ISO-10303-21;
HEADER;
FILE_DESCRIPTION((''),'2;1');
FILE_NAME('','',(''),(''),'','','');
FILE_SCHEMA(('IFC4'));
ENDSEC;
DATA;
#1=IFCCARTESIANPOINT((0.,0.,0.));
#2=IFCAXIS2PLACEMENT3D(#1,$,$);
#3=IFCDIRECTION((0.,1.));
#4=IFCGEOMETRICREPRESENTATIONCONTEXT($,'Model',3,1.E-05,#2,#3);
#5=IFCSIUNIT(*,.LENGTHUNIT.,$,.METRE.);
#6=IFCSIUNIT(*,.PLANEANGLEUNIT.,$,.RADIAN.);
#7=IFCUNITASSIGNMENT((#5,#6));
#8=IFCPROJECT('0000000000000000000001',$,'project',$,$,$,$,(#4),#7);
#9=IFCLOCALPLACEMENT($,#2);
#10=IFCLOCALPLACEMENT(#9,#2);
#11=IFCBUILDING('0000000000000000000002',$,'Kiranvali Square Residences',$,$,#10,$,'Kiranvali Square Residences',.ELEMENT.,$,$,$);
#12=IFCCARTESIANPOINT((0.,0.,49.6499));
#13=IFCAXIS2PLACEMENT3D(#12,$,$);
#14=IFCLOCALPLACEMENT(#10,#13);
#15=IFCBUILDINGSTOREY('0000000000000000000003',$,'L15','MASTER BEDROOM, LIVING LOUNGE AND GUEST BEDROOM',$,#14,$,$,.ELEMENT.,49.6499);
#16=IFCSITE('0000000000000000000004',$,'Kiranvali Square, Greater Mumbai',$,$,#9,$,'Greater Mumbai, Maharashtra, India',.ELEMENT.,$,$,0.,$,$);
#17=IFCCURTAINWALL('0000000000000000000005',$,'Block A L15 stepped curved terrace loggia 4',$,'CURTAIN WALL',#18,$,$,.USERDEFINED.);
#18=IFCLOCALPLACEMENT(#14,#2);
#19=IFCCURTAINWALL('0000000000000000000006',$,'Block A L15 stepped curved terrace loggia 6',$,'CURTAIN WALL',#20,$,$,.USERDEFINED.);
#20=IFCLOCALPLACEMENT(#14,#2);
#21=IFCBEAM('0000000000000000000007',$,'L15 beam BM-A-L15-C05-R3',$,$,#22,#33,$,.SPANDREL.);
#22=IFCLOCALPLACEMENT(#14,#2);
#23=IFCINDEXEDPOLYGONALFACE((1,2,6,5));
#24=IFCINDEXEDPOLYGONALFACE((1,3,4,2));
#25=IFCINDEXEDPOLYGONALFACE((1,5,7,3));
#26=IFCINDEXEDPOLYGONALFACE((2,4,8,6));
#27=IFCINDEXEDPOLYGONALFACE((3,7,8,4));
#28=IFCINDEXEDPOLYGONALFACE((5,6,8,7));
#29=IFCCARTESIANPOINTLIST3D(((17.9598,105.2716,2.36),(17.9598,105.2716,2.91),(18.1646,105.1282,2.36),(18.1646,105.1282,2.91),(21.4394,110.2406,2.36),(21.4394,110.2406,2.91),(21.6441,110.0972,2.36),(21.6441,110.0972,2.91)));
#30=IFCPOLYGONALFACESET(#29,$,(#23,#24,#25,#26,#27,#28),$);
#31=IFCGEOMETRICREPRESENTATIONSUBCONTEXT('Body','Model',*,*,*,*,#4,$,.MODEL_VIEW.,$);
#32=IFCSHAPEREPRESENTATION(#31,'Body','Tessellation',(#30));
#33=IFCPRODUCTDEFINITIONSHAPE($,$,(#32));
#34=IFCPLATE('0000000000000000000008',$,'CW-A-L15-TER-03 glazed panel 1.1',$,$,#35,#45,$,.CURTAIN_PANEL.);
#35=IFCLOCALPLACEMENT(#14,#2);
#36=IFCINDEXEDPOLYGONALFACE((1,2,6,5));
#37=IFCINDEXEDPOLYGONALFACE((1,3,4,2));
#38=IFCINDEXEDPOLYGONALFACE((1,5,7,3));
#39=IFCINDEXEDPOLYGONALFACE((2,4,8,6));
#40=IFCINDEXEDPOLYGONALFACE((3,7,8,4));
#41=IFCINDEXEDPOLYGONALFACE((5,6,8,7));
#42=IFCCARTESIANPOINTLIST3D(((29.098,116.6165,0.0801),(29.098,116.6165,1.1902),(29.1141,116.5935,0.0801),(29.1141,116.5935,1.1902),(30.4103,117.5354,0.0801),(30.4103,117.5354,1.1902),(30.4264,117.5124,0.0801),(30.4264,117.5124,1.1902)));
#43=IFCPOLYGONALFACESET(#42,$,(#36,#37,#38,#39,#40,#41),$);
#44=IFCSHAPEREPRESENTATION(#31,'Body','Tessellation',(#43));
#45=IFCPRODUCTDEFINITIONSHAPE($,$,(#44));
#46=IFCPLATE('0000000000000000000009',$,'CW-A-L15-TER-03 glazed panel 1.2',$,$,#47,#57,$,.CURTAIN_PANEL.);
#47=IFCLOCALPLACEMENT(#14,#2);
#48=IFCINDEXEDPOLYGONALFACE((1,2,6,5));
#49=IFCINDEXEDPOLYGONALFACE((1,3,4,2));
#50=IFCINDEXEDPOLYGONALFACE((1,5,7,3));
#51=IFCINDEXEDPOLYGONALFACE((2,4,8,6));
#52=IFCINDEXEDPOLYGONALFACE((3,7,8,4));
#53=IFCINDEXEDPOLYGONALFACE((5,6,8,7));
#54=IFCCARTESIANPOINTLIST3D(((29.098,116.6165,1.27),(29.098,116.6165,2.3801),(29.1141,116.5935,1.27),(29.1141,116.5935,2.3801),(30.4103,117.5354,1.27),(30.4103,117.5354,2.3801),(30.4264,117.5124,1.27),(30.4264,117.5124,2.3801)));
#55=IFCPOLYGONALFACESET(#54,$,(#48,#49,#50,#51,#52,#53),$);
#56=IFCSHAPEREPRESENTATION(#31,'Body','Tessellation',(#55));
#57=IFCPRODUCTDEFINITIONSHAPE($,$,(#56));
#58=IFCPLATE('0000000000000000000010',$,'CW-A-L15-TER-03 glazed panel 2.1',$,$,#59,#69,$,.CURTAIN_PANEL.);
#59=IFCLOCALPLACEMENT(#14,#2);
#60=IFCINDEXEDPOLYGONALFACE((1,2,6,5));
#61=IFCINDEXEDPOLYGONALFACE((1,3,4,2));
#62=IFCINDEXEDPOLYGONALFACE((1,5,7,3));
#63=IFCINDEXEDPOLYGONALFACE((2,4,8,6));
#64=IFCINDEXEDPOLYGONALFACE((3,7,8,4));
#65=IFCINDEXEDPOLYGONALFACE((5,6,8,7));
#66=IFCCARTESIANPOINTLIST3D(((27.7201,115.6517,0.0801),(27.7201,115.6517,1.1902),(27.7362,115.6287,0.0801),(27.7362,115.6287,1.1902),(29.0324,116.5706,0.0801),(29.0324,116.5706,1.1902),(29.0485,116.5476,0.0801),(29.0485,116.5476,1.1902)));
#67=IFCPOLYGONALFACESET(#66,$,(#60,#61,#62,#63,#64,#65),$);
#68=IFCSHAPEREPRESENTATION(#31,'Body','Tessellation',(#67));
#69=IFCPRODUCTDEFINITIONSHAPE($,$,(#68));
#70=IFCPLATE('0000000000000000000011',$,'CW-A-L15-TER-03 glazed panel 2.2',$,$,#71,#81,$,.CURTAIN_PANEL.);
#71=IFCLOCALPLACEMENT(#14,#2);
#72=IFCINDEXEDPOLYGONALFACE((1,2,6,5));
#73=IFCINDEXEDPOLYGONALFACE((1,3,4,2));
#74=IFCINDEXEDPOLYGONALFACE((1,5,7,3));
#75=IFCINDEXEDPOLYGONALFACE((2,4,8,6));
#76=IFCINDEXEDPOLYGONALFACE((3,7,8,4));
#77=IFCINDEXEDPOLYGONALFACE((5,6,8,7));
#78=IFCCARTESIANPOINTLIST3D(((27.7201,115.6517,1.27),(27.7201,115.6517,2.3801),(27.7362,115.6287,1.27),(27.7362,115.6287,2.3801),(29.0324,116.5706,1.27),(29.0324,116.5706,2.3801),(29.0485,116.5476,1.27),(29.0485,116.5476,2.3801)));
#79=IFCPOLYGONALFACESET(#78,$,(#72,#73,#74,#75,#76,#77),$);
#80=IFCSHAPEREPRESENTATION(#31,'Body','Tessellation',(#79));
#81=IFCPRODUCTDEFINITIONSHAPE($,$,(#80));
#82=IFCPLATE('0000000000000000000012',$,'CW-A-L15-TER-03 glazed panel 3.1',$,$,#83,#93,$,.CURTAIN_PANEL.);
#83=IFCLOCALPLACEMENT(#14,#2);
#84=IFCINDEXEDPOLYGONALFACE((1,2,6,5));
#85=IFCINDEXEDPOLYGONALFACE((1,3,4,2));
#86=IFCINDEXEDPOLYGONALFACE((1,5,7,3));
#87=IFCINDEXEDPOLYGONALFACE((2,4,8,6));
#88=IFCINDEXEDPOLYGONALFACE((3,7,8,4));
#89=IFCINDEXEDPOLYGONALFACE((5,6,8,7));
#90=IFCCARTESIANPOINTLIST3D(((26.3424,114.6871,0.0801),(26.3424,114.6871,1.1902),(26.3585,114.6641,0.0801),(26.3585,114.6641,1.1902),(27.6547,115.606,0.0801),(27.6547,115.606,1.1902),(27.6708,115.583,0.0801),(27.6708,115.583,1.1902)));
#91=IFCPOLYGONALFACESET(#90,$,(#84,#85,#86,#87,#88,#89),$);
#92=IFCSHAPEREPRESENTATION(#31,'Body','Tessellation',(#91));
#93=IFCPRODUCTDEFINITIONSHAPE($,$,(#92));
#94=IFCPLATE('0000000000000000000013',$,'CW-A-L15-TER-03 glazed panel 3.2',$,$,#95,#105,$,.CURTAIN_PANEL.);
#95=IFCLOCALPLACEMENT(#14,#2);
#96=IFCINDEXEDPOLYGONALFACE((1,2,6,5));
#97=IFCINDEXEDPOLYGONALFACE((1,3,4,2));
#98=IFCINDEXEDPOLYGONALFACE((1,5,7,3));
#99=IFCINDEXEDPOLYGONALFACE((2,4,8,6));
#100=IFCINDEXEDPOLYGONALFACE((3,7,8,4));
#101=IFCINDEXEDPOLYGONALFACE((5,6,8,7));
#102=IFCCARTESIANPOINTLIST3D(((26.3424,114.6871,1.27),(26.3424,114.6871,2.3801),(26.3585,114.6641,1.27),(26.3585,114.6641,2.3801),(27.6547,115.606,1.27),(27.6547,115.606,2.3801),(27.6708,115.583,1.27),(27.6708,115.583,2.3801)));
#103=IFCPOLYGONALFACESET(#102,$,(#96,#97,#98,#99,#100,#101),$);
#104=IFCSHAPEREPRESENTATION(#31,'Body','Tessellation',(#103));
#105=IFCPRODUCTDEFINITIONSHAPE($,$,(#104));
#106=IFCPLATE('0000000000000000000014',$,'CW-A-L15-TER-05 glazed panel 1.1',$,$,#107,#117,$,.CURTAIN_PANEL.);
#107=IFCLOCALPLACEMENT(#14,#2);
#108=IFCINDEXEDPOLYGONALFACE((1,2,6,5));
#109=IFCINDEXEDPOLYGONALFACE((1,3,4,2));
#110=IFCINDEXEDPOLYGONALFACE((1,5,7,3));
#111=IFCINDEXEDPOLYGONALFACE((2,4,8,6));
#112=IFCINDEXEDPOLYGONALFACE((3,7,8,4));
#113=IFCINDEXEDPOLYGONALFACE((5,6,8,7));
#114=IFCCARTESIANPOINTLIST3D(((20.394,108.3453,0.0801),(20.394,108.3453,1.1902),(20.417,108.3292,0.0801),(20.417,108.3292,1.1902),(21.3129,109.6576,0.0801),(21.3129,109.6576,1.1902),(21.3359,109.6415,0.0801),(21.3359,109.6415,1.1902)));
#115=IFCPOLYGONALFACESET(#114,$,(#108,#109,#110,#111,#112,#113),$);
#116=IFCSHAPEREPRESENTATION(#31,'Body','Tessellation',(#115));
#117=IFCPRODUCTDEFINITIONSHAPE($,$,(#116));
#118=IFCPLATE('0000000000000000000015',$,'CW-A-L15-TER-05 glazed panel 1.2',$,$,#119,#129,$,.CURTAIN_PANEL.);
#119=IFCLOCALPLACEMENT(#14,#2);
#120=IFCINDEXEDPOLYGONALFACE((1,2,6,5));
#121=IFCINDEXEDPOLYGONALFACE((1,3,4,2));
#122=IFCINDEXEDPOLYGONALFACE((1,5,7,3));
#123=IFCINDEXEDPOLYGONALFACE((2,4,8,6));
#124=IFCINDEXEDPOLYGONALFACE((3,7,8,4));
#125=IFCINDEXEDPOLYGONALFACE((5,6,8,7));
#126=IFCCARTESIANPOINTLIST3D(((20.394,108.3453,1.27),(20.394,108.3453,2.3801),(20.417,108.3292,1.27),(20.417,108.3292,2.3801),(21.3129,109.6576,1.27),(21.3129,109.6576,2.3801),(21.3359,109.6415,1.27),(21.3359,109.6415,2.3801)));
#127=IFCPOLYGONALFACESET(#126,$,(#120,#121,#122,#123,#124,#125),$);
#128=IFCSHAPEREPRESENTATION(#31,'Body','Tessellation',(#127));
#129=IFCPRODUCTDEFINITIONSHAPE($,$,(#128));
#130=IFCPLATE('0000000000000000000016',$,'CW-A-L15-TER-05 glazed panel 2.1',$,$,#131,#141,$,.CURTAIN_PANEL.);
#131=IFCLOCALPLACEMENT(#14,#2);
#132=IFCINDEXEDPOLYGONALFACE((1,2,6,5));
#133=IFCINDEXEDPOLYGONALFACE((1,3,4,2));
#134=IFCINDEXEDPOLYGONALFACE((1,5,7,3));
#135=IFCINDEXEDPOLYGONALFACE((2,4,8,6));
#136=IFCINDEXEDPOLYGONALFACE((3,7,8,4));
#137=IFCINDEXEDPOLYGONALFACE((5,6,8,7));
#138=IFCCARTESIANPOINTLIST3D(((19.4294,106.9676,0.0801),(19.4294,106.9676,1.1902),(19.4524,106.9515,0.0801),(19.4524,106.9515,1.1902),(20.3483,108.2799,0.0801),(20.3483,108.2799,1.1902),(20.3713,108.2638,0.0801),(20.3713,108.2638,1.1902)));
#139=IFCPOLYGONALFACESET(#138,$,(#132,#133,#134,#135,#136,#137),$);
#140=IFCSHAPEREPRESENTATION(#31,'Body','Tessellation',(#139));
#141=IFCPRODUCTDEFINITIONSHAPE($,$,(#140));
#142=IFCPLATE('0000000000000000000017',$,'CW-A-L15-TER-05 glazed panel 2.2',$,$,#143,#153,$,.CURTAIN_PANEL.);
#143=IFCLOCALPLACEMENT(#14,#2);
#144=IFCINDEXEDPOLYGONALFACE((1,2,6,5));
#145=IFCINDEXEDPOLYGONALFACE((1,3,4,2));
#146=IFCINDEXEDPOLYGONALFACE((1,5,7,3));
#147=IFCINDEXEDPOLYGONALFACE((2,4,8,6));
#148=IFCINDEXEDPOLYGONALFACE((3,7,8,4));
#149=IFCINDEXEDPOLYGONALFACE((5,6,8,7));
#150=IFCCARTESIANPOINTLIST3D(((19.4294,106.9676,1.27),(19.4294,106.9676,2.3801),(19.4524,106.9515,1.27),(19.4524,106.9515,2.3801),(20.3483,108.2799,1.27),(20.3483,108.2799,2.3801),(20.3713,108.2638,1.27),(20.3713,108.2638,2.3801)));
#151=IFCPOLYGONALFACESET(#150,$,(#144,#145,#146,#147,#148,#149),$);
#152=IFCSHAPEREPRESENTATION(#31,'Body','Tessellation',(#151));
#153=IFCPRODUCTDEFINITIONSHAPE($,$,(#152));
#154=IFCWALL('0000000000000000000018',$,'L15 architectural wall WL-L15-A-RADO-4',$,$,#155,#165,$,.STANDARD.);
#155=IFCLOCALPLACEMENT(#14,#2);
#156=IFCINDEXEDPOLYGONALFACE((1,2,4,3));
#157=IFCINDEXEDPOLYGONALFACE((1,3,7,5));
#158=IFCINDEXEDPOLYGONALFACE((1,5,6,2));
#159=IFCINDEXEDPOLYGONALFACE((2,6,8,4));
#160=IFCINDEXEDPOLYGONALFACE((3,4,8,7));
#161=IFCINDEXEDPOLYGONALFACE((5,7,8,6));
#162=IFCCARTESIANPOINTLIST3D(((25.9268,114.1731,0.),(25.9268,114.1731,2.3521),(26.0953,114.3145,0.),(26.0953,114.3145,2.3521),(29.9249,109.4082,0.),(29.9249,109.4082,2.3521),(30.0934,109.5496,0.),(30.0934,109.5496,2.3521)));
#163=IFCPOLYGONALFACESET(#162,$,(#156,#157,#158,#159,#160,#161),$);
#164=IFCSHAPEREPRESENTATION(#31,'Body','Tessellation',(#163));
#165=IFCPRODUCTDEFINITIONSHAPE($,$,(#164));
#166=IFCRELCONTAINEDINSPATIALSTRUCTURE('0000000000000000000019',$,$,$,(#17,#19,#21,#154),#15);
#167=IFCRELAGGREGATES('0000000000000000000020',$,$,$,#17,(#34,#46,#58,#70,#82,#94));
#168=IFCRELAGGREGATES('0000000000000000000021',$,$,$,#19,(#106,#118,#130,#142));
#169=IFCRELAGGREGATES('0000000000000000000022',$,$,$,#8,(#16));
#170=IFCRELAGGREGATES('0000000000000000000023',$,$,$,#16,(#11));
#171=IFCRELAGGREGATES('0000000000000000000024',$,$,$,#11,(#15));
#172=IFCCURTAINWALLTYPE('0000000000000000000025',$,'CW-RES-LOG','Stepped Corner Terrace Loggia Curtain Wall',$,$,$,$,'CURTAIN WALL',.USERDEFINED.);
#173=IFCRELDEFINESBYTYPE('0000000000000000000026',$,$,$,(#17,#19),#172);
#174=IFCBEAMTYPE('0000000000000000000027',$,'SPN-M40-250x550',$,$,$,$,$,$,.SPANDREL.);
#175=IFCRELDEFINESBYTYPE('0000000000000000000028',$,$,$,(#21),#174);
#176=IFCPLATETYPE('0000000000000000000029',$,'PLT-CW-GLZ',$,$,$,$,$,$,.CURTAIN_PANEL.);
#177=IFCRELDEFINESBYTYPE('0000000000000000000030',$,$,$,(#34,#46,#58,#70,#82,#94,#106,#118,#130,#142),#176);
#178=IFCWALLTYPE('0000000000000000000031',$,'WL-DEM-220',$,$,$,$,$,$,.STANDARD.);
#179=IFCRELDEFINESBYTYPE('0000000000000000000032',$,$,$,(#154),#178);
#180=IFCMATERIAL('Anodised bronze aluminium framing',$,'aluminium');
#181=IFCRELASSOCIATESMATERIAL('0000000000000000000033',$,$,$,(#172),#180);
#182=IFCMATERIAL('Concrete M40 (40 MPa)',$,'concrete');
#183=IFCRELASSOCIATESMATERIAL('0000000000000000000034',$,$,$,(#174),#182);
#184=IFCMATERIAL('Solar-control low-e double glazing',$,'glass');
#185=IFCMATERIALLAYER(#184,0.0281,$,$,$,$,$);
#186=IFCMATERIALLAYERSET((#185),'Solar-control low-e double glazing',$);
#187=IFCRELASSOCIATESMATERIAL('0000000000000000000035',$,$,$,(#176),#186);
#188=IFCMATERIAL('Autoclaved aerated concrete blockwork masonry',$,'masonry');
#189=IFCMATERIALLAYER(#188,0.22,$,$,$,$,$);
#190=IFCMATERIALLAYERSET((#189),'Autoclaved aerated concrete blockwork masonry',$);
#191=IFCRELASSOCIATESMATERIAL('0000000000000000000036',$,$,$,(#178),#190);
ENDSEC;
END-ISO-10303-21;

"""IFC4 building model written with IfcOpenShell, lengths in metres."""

from ifc_helpers import new_model, si_unit, direction, frame, frame_2d, origin, origin_2d, place, context, subcontext, project, spatial, rectangle, extrude, material, layer, layer_set, material_profile, profile_set, type_object, element, aggregate, save


model = new_model("IFC4")

# Units and contexts
model_context = context("Model", 3, precision=1e-05, world=origin(), true_north=direction((0.0, 1.0)))
body_context = subcontext(model_context, "Body", "Model", "MODEL_VIEW")
ifc_project = project(units=[si_unit("LENGTHUNIT", "METRE"), si_unit("PLANEANGLEUNIT", "RADIAN")], contexts=[model_context])

# Site, building, storey
site_placement = place(None, origin())
site = spatial("IfcSite", under=ifc_project, at=site_placement, Name="Kiranvali Square, Greater Mumbai", LongName="Greater Mumbai, Maharashtra, India", CompositionType="ELEMENT", RefElevation=0.0)
building_placement = place(site_placement, origin())
building = spatial("IfcBuilding", under=site, at=building_placement, Name="Kiranvali Square Residences", LongName="Kiranvali Square Residences", CompositionType="ELEMENT")
storey_placement = place(building_placement, frame((0.0, 0.0, 49.6499)))
storey = spatial("IfcBuildingStorey", under=building, at=storey_placement, Name="L15", Description="MASTER BEDROOM, LIVING LOUNGE AND GUEST BEDROOM", CompositionType="ELEMENT", Elevation=49.6499)

# Shared definitions
ifc_material_1 = material(Name="Concrete M40 (40 MPa)", Category="concrete")

# Curtain walls
ifc_material_2 = material(Name="Anodised bronze aluminium framing", Category="aluminium")
curtain_wall_type = type_object("IfcCurtainWallType", Name="CW-RES-LOG", Description="Stepped Corner Terrace Loggia Curtain Wall", ElementType="CURTAIN WALL", PredefinedType="USERDEFINED", material=ifc_material_2)
curtain_wall_1_placement = place(storey_placement, origin())
curtain_wall_1 = element("IfcCurtainWall", 1, at=curtain_wall_1_placement, inside=storey, type_object=curtain_wall_type, Name="Block A L15 stepped curved terrace loggia 4", ObjectType="CURTAIN WALL", PredefinedType="USERDEFINED")
curtain_wall_2_placement = place(storey_placement, origin())
curtain_wall_2 = element("IfcCurtainWall", 2, at=curtain_wall_2_placement, inside=storey, type_object=curtain_wall_type, Name="Block A L15 stepped curved terrace loggia 6", ObjectType="CURTAIN WALL", PredefinedType="USERDEFINED")

# Beam
ifc_material_profile_1 = material_profile(ifc_material_1, rectangle(XDim=0.25, YDim=0.55, at=origin_2d()), Name="RC 250x550")
ifc_profile_set_1 = profile_set([ifc_material_profile_1], Name="Concrete M40 (40 MPa)")
beam_type_1 = type_object("IfcBeamType", Name="SPN-M40-250x550", PredefinedType="SPANDREL", material=ifc_profile_set_1)
beam_1_placement = place(storey_placement, frame((21.5417, 110.1689, 2.635), z_axis=(-0.573595, -0.819139, 0.0), x_axis=(0.819139, -0.573595, 0.0)))
element("IfcBeam", 3, at=beam_1_placement, inside=storey, type_object=beam_type_1, Name="L15 beam BM-A-L15-C05-R3", PredefinedType="SPANDREL", context=body_context, shape_type="SweptSolid", body=[
    extrude(rectangle(XDim=0.25, YDim=0.55, at=origin_2d()), origin(), (0.0, 0.0, 1.0), 6.0662),
])

# Plates
ifc_material_3 = material(Name="Solar-control low-e double glazing", Category="glass")
ifc_layer_1 = layer(ifc_material_3, 0.0281)
ifc_layer_set_1 = layer_set([ifc_layer_1], Name="Solar-control low-e double glazing")
plate_type = type_object("IfcPlateType", Name="PLT-CW-GLZ", PredefinedType="CURTAIN_PANEL", material=ifc_layer_set_1)
plate_1_placement = place(storey_placement, frame((29.7622, 117.0645, 0.0801), z_axis=(0.0, 0.0, 1.0), x_axis=(-0.819152, -0.573576, 0.0)))
plate_1 = element("IfcPlate", 4, at=plate_1_placement, type_object=plate_type, Name="CW-A-L15-TER-03 glazed panel 1.1", PredefinedType="CURTAIN_PANEL", context=body_context, shape_type="SweptSolid", body=[
    extrude(rectangle(XDim=1.6021, YDim=0.0281, at=origin_2d()), origin(), (0.0, 0.0, 1.0), 1.1101),
])
plate_2_placement = place(storey_placement, frame((29.7622, 117.0645, 1.27), z_axis=(0.0, 0.0, 1.0), x_axis=(-0.819152, -0.573576, 0.0)))
plate_2 = element("IfcPlate", 5, at=plate_2_placement, type_object=plate_type, Name="CW-A-L15-TER-03 glazed panel 1.2", PredefinedType="CURTAIN_PANEL", context=body_context, shape_type="SweptSolid", body=[
    extrude(rectangle(XDim=1.6021, YDim=0.0281, at=origin_2d()), origin(), (0.0, 0.0, 1.0), 1.1101),
])
plate_3_placement = place(storey_placement, frame((28.3843, 116.0996, 0.0801), z_axis=(0.0, 0.0, 1.0), x_axis=(-0.819152, -0.573576, 0.0)))
plate_3 = element("IfcPlate", 6, at=plate_3_placement, type_object=plate_type, Name="CW-A-L15-TER-03 glazed panel 2.1", PredefinedType="CURTAIN_PANEL", context=body_context, shape_type="SweptSolid", body=[
    extrude(rectangle(XDim=1.6021, YDim=0.0281, at=origin_2d()), origin(), (0.0, 0.0, 1.0), 1.1101),
])
plate_4_placement = place(storey_placement, frame((28.3843, 116.0996, 1.27), z_axis=(0.0, 0.0, 1.0), x_axis=(-0.819152, -0.573576, 0.0)))
plate_4 = element("IfcPlate", 7, at=plate_4_placement, type_object=plate_type, Name="CW-A-L15-TER-03 glazed panel 2.2", PredefinedType="CURTAIN_PANEL", context=body_context, shape_type="SweptSolid", body=[
    extrude(rectangle(XDim=1.6021, YDim=0.0281, at=origin_2d()), origin(), (0.0, 0.0, 1.0), 1.1101),
])
plate_5_placement = place(storey_placement, frame((27.0066, 115.135, 0.0801), z_axis=(0.0, 0.0, 1.0), x_axis=(-0.819152, -0.573576, 0.0)))
plate_5 = element("IfcPlate", 8, at=plate_5_placement, type_object=plate_type, Name="CW-A-L15-TER-03 glazed panel 3.1", PredefinedType="CURTAIN_PANEL", context=body_context, shape_type="SweptSolid", body=[
    extrude(rectangle(XDim=1.6021, YDim=0.0281, at=origin_2d()), origin(), (0.0, 0.0, 1.0), 1.1101),
])
plate_6_placement = place(storey_placement, frame((27.0066, 115.135, 1.27), z_axis=(0.0, 0.0, 1.0), x_axis=(-0.819152, -0.573576, 0.0)))
plate_6 = element("IfcPlate", 9, at=plate_6_placement, type_object=plate_type, Name="CW-A-L15-TER-03 glazed panel 3.2", PredefinedType="CURTAIN_PANEL", context=body_context, shape_type="SweptSolid", body=[
    extrude(rectangle(XDim=1.6021, YDim=0.0281, at=origin_2d()), origin(), (0.0, 0.0, 1.0), 1.1101),
])
aggregate(curtain_wall_1, [plate_1, plate_2, plate_3, plate_4, plate_5, plate_6])
plate_7_placement = place(storey_placement, frame((20.865, 108.9934, 0.0801), z_axis=(0.0, 0.0, 1.0), x_axis=(-0.573576, -0.819152, 0.0)))
plate_7 = element("IfcPlate", 10, at=plate_7_placement, type_object=plate_type, Name="CW-A-L15-TER-05 glazed panel 1.1", PredefinedType="CURTAIN_PANEL", context=body_context, shape_type="SweptSolid", body=[
    extrude(rectangle(XDim=1.6021, YDim=0.0281, at=origin_2d()), origin(), (0.0, 0.0, 1.0), 1.1101),
])
plate_8_placement = place(storey_placement, frame((20.865, 108.9934, 1.27), z_axis=(0.0, 0.0, 1.0), x_axis=(-0.573576, -0.819152, 0.0)))
plate_8 = element("IfcPlate", 11, at=plate_8_placement, type_object=plate_type, Name="CW-A-L15-TER-05 glazed panel 1.2", PredefinedType="CURTAIN_PANEL", context=body_context, shape_type="SweptSolid", body=[
    extrude(rectangle(XDim=1.6021, YDim=0.0281, at=origin_2d()), origin(), (0.0, 0.0, 1.0), 1.1101),
])
plate_9_placement = place(storey_placement, frame((19.9004, 107.6157, 0.0801), z_axis=(0.0, 0.0, 1.0), x_axis=(-0.573576, -0.819152, 0.0)))
plate_9 = element("IfcPlate", 12, at=plate_9_placement, type_object=plate_type, Name="CW-A-L15-TER-05 glazed panel 2.1", PredefinedType="CURTAIN_PANEL", context=body_context, shape_type="SweptSolid", body=[
    extrude(rectangle(XDim=1.6021, YDim=0.0281, at=origin_2d()), origin(), (0.0, 0.0, 1.0), 1.1101),
])
plate_10_placement = place(storey_placement, frame((19.9004, 107.6157, 1.27), z_axis=(0.0, 0.0, 1.0), x_axis=(-0.573576, -0.819152, 0.0)))
plate_10 = element("IfcPlate", 13, at=plate_10_placement, type_object=plate_type, Name="CW-A-L15-TER-05 glazed panel 2.2", PredefinedType="CURTAIN_PANEL", context=body_context, shape_type="SweptSolid", body=[
    extrude(rectangle(XDim=1.6021, YDim=0.0281, at=origin_2d()), origin(), (0.0, 0.0, 1.0), 1.1101),
])
aggregate(curtain_wall_2, [plate_7, plate_8, plate_9, plate_10])

# Wall
ifc_material_4 = material(Name="Autoclaved aerated concrete blockwork masonry", Category="masonry")
ifc_layer_2 = layer(ifc_material_4, 0.22)
ifc_layer_set_2 = layer_set([ifc_layer_2], Name="Autoclaved aerated concrete blockwork masonry")
wall_type_1 = type_object("IfcWallType", Name="WL-DEM-220", PredefinedType="STANDARD", material=ifc_layer_set_2)
wall_1_placement = place(storey_placement, frame((30.009, 109.479, 0.0), z_axis=(0.0, 0.0, 1.0), x_axis=(-0.642771, 0.766058, 0.0)))
element("IfcWall", 14, at=wall_1_placement, inside=storey, type_object=wall_type_1, Name="L15 architectural wall WL-L15-A-RADO-4", PredefinedType="STANDARD", context=body_context, shape_type="SweptSolid", body=[
    extrude(rectangle(XDim=6.22, YDim=0.22, at=frame_2d((3.1099, 0.0))), origin(), (0.0, 0.0, 1.0), 2.3521),
])

save(model, "model.ifc")
